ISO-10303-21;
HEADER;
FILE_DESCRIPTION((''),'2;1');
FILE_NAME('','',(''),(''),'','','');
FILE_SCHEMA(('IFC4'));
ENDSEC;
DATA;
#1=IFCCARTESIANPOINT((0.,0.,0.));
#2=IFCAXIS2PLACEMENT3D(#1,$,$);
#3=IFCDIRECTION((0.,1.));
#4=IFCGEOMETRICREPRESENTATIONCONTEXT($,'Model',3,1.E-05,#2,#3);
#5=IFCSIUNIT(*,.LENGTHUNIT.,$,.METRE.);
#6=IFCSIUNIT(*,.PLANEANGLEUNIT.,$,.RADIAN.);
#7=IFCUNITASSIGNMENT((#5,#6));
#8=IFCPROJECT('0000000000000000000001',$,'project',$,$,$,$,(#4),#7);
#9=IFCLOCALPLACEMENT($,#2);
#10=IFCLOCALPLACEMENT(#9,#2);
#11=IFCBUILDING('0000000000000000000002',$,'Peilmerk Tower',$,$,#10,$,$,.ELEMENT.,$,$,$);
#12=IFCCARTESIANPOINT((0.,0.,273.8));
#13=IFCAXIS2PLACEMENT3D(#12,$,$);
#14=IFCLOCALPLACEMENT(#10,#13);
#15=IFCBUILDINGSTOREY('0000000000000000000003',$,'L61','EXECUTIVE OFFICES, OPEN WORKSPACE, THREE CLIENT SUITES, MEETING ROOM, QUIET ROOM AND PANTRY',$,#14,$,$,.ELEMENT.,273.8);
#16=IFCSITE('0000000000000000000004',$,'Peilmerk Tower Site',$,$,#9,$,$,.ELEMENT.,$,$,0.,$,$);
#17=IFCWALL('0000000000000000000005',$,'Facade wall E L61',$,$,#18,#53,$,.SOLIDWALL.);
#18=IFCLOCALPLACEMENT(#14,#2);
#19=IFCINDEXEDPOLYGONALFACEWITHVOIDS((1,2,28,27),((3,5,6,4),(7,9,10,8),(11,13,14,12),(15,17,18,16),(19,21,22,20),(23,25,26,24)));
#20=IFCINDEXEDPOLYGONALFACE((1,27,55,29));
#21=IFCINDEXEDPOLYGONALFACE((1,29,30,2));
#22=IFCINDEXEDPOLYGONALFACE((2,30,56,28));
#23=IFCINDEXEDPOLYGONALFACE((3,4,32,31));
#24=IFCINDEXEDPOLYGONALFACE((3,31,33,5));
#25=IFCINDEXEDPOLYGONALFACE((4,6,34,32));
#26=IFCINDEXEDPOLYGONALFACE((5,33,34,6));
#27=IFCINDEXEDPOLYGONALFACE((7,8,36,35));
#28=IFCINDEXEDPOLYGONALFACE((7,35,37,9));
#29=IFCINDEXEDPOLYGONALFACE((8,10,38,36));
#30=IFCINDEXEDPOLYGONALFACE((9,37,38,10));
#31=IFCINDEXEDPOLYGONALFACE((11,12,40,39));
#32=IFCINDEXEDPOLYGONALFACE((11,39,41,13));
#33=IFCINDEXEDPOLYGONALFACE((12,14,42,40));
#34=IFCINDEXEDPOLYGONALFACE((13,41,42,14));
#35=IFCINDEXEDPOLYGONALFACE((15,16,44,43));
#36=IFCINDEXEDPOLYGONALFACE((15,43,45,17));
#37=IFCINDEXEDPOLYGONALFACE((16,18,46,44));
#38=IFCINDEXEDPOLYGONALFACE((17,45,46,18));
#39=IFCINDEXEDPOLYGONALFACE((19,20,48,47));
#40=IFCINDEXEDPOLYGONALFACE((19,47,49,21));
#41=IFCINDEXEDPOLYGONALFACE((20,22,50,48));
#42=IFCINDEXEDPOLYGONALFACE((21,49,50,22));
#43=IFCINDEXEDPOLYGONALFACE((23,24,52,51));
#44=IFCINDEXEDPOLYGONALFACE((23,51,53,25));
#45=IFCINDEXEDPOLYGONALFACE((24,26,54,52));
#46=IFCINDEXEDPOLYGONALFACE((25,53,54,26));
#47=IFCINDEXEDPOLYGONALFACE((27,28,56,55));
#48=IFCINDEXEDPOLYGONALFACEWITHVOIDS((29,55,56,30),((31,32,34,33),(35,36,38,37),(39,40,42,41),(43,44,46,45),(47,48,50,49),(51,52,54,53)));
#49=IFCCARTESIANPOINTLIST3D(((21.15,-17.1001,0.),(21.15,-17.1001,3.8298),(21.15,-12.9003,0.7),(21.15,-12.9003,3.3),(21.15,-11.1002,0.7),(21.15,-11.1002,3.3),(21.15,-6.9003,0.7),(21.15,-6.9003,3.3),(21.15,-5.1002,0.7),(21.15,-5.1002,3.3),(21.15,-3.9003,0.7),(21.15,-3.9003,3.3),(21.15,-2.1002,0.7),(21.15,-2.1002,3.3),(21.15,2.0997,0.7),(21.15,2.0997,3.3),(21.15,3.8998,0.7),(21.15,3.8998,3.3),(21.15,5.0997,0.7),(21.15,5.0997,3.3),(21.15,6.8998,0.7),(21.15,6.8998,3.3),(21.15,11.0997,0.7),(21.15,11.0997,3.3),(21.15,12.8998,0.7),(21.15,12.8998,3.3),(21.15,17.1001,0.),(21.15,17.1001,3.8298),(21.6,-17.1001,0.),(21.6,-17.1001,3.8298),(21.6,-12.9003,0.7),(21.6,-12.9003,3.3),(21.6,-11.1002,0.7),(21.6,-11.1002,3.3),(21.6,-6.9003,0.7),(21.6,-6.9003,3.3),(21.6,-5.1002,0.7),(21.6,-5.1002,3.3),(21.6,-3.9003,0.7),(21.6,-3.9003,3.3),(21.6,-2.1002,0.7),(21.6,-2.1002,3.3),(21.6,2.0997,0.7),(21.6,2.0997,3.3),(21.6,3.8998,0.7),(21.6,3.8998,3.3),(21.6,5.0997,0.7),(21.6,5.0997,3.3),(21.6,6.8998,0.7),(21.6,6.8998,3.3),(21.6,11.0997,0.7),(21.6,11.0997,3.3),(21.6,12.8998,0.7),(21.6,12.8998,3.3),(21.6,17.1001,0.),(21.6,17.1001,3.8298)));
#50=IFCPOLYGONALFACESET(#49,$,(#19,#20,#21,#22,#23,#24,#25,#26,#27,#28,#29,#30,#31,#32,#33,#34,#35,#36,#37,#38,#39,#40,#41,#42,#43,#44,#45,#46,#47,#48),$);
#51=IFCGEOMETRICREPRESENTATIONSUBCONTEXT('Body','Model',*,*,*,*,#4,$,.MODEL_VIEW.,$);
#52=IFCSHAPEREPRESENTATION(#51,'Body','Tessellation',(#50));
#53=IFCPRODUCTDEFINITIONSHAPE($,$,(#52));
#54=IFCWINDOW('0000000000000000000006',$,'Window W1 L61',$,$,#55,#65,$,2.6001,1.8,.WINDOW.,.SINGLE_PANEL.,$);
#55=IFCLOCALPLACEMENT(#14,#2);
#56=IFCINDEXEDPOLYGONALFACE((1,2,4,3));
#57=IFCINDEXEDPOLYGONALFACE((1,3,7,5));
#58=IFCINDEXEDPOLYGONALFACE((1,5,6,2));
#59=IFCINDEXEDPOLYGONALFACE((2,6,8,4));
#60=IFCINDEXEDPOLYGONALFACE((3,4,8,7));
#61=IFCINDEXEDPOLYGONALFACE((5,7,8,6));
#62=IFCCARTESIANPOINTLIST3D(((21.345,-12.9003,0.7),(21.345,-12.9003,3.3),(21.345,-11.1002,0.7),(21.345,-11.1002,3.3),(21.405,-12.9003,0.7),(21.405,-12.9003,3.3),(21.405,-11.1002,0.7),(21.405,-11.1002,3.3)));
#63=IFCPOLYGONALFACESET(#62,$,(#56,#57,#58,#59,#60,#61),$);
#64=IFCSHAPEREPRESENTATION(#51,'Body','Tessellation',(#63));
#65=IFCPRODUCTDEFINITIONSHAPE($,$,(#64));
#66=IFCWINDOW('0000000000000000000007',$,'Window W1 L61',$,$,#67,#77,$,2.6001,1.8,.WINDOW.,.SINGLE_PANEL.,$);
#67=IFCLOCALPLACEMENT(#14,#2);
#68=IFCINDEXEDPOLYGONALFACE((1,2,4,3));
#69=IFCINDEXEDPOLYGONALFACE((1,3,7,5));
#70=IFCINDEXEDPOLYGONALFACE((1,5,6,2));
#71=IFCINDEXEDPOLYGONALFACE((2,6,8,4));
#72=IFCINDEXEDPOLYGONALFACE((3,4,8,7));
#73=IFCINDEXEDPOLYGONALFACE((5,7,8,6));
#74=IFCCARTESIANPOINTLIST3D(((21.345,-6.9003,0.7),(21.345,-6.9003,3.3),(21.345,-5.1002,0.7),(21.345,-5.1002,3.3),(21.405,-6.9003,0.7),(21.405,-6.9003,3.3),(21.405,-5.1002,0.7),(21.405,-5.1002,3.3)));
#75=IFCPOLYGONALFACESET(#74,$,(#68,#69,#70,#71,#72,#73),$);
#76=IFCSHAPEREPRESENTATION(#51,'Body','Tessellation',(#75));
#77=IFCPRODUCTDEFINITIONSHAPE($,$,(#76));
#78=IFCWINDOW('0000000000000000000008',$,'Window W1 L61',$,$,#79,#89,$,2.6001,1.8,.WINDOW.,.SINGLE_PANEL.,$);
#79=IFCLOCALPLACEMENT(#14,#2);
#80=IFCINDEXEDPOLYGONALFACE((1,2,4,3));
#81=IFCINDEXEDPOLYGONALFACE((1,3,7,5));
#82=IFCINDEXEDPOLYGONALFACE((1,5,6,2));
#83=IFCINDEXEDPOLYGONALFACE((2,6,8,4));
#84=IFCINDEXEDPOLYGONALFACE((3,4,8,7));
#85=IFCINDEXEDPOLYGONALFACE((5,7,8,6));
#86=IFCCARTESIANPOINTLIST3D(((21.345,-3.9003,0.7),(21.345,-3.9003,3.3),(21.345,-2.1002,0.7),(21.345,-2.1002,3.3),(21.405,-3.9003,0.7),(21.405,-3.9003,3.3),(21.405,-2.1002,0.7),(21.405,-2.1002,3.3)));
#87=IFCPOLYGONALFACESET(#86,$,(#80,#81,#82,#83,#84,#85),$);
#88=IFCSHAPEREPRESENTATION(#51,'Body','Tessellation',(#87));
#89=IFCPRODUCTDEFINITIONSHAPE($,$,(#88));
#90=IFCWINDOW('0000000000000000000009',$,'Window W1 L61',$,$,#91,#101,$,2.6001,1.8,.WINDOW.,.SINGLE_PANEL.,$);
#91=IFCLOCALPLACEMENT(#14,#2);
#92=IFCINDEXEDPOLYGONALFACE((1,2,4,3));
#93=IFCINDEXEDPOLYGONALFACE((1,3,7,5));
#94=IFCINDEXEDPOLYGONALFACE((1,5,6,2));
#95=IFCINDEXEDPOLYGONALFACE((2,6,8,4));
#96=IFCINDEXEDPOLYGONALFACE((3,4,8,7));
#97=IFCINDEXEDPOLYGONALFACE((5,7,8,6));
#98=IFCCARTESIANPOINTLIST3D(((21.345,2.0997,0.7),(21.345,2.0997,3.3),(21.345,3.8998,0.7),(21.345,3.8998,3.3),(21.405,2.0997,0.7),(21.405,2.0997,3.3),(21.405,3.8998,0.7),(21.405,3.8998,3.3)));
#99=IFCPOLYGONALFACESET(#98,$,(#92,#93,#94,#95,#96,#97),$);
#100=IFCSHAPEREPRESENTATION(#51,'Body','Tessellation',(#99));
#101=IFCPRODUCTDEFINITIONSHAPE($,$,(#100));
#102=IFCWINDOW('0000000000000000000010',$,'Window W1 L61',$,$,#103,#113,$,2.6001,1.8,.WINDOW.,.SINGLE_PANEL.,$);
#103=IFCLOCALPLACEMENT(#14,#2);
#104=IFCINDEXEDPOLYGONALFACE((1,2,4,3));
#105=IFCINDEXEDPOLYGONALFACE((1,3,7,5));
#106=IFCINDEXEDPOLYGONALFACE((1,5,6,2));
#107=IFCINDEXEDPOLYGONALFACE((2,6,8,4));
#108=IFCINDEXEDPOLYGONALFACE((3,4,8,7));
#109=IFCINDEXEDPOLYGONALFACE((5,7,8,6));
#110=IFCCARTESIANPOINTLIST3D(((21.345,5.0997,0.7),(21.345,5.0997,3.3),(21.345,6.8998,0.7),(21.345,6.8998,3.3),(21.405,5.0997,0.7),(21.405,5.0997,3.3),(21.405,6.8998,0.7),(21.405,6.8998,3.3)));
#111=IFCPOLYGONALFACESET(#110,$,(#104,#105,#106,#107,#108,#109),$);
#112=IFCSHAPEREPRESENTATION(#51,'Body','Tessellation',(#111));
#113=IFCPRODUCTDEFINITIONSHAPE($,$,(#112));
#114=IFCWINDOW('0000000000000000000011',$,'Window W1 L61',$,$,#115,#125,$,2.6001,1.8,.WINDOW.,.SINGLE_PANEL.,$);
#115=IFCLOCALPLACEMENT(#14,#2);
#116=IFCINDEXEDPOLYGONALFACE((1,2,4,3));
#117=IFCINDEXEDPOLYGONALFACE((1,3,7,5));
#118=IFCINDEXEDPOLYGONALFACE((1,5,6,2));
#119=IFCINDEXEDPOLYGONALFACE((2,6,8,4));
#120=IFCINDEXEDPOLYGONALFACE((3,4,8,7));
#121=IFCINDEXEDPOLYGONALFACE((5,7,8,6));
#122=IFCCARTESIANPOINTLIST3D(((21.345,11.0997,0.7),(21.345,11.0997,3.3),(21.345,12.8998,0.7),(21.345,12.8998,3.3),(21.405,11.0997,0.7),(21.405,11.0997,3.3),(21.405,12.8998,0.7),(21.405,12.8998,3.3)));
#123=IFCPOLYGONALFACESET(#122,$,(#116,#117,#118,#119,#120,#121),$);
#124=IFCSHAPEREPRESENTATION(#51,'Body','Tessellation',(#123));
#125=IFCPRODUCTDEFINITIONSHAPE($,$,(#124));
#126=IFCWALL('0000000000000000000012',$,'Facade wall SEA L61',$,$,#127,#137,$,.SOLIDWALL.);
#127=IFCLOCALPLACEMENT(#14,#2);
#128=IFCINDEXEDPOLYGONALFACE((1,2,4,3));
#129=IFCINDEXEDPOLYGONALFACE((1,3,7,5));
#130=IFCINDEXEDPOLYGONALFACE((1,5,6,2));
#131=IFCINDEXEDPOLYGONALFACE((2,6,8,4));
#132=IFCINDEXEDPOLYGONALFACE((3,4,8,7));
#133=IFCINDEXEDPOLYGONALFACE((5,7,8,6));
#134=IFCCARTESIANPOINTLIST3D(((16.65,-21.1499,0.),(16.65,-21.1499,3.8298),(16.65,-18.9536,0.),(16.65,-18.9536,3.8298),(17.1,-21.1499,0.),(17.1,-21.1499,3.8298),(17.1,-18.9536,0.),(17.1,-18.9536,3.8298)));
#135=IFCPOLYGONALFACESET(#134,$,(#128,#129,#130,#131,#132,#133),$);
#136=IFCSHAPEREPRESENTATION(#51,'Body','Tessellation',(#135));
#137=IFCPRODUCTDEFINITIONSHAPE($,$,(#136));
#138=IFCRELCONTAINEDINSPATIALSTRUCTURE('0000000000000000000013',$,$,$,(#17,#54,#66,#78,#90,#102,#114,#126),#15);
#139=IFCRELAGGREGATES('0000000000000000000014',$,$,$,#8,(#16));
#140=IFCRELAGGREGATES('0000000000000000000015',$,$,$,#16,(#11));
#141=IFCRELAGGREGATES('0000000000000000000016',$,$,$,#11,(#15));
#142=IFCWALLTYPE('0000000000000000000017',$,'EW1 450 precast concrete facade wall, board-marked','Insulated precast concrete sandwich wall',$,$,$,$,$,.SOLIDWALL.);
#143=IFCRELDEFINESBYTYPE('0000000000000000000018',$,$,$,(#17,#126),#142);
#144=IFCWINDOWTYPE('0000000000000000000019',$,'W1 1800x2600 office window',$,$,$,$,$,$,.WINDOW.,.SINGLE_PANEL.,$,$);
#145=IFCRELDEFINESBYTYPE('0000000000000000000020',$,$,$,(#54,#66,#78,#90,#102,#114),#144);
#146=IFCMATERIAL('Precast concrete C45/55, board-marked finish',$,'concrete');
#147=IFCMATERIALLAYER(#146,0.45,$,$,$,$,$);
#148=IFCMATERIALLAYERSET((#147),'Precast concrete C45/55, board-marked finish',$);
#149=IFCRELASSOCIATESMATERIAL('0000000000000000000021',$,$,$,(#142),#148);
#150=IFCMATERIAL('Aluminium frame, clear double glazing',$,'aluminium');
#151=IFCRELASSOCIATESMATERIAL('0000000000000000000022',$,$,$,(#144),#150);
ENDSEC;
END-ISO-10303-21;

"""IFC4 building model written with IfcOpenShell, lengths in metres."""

from ifc_helpers import new_model, si_unit, direction, frame, frame_2d, origin, place, context, subcontext, project, spatial, rectangle, extrude, material, layer, layer_set, type_object, element, fill, save


model = new_model("IFC4")

# Units and contexts
model_context = context("Model", 3, precision=1e-05, world=origin(), true_north=direction((0.0, 1.0)))
body_context = subcontext(model_context, "Body", "Model", "MODEL_VIEW")
ifc_project = project(units=[si_unit("LENGTHUNIT", "METRE"), si_unit("PLANEANGLEUNIT", "RADIAN")], contexts=[model_context])

# Site, building, storey
site_placement = place(None, origin())
site = spatial("IfcSite", under=ifc_project, at=site_placement, Name="Peilmerk Tower Site", CompositionType="ELEMENT", RefElevation=0.0)
building_placement = place(site_placement, origin())
building = spatial("IfcBuilding", under=site, at=building_placement, Name="Peilmerk Tower", CompositionType="ELEMENT")
storey_placement = place(building_placement, frame((0.0, 0.0, 273.8)))
storey = spatial("IfcBuildingStorey", under=building, at=storey_placement, Name="L61", Description="EXECUTIVE OFFICES, OPEN WORKSPACE, THREE CLIENT SUITES, MEETING ROOM, QUIET ROOM AND PANTRY", CompositionType="ELEMENT", Elevation=273.8)

# Wall, openings, windows
ifc_material_1 = material(Name="Precast concrete C45/55, board-marked finish", Category="concrete")
ifc_layer_1 = layer(ifc_material_1, 0.45)
ifc_layer_set_1 = layer_set([ifc_layer_1], Name="Precast concrete C45/55, board-marked finish")
wall_type = type_object("IfcWallType", Name="EW1 450 precast concrete facade wall, board-marked", Description="Insulated precast concrete sandwich wall", PredefinedType="SOLIDWALL", material=ifc_layer_set_1)
wall_1_placement = place(storey_placement, frame((21.375, -17.1001, 0.0), z_axis=(0.0, 0.0, 1.0), x_axis=(0.0, 1.0, 0.0)))
wall_1 = element("IfcWall", 1, at=wall_1_placement, inside=storey, type_object=wall_type, Name="Facade wall E L61", PredefinedType="SOLIDWALL", context=body_context, shape_type="SweptSolid", body=[
    extrude(rectangle(XDim=34.2002, YDim=0.45, at=frame_2d((17.1001, 0.0))), origin(), (0.0, 0.0, 1.0), 3.8298),
])
opening_1_placement = place(wall_1_placement, frame((4.2, 0.0, 0.7)))
opening_1 = element("IfcOpeningElement", 2, at=opening_1_placement, cuts=wall_1, PredefinedType="OPENING", context=body_context, shape_type="SweptSolid", body=[
    extrude(rectangle(XDim=1.8, YDim=2.6001, at=frame_2d((0.8999, 1.3))), frame((0.0, 0.2349, 0.0), z_axis=(0.0, -1.0, 0.0), x_axis=(1.0, 0.0, 0.0)), (0.0, 0.0, 1.0), 0.47),
])
opening_2_placement = place(wall_1_placement, frame((10.2, 0.0, 0.7)))
opening_2 = element("IfcOpeningElement", 3, at=opening_2_placement, cuts=wall_1, PredefinedType="OPENING", context=body_context, shape_type="SweptSolid", body=[
    extrude(rectangle(XDim=1.8, YDim=2.6001, at=frame_2d((0.8999, 1.3))), frame((0.0, 0.2349, 0.0), z_axis=(0.0, -1.0, 0.0), x_axis=(1.0, 0.0, 0.0)), (0.0, 0.0, 1.0), 0.47),
])
opening_3_placement = place(wall_1_placement, frame((13.2, 0.0, 0.7)))
opening_3 = element("IfcOpeningElement", 4, at=opening_3_placement, cuts=wall_1, PredefinedType="OPENING", context=body_context, shape_type="SweptSolid", body=[
    extrude(rectangle(XDim=1.8, YDim=2.6001, at=frame_2d((0.8999, 1.3))), frame((0.0, 0.2349, 0.0), z_axis=(0.0, -1.0, 0.0), x_axis=(1.0, 0.0, 0.0)), (0.0, 0.0, 1.0), 0.47),
])
opening_4_placement = place(wall_1_placement, frame((19.2, 0.0, 0.7)))
opening_4 = element("IfcOpeningElement", 5, at=opening_4_placement, cuts=wall_1, PredefinedType="OPENING", context=body_context, shape_type="SweptSolid", body=[
    extrude(rectangle(XDim=1.8, YDim=2.6001, at=frame_2d((0.8999, 1.3))), frame((0.0, 0.2349, 0.0), z_axis=(0.0, -1.0, 0.0), x_axis=(1.0, 0.0, 0.0)), (0.0, 0.0, 1.0), 0.47),
])
opening_5_placement = place(wall_1_placement, frame((22.2, 0.0, 0.7)))
opening_5 = element("IfcOpeningElement", 6, at=opening_5_placement, cuts=wall_1, PredefinedType="OPENING", context=body_context, shape_type="SweptSolid", body=[
    extrude(rectangle(XDim=1.8, YDim=2.6001, at=frame_2d((0.8999, 1.3))), frame((0.0, 0.2349, 0.0), z_axis=(0.0, -1.0, 0.0), x_axis=(1.0, 0.0, 0.0)), (0.0, 0.0, 1.0), 0.47),
])
opening_6_placement = place(wall_1_placement, frame((28.2, 0.0, 0.7)))
opening_6 = element("IfcOpeningElement", 7, at=opening_6_placement, cuts=wall_1, PredefinedType="OPENING", context=body_context, shape_type="SweptSolid", body=[
    extrude(rectangle(XDim=1.8, YDim=2.6001, at=frame_2d((0.8999, 1.3))), frame((0.0, 0.2349, 0.0), z_axis=(0.0, -1.0, 0.0), x_axis=(1.0, 0.0, 0.0)), (0.0, 0.0, 1.0), 0.47),
])
ifc_material_2 = material(Name="Aluminium frame, clear double glazing", Category="aluminium")
window_type = type_object("IfcWindowType", Name="W1 1800x2600 office window", PartitioningType="SINGLE_PANEL", PredefinedType="WINDOW", material=ifc_material_2)
window_1_placement = place(opening_1_placement, origin())
window_1 = element("IfcWindow", 8, at=window_1_placement, inside=storey, type_object=window_type, Name="Window W1 L61", OverallHeight=2.6001, OverallWidth=1.8, PartitioningType="SINGLE_PANEL", PredefinedType="WINDOW", context=body_context, shape_type="SweptSolid", body=[
    extrude(rectangle(XDim=1.8, YDim=2.6001, at=frame_2d((0.8999, 1.3))), frame((0.0, 0.03, 0.0), z_axis=(0.0, -1.0, 0.0), x_axis=(1.0, 0.0, 0.0)), (0.0, 0.0, 1.0), 0.0601),
])
fill(opening_1, window_1)
window_2_placement = place(opening_2_placement, origin())
window_2 = element("IfcWindow", 9, at=window_2_placement, inside=storey, type_object=window_type, Name="Window W1 L61", OverallHeight=2.6001, OverallWidth=1.8, PartitioningType="SINGLE_PANEL", PredefinedType="WINDOW", context=body_context, shape_type="SweptSolid", body=[
    extrude(rectangle(XDim=1.8, YDim=2.6001, at=frame_2d((0.8999, 1.3))), frame((0.0, 0.03, 0.0), z_axis=(0.0, -1.0, 0.0), x_axis=(1.0, 0.0, 0.0)), (0.0, 0.0, 1.0), 0.0601),
])
fill(opening_2, window_2)
window_3_placement = place(opening_3_placement, origin())
window_3 = element("IfcWindow", 10, at=window_3_placement, inside=storey, type_object=window_type, Name="Window W1 L61", OverallHeight=2.6001, OverallWidth=1.8, PartitioningType="SINGLE_PANEL", PredefinedType="WINDOW", context=body_context, shape_type="SweptSolid", body=[
    extrude(rectangle(XDim=1.8, YDim=2.6001, at=frame_2d((0.8999, 1.3))), frame((0.0, 0.03, 0.0), z_axis=(0.0, -1.0, 0.0), x_axis=(1.0, 0.0, 0.0)), (0.0, 0.0, 1.0), 0.0601),
])
fill(opening_3, window_3)
window_4_placement = place(opening_4_placement, origin())
window_4 = element("IfcWindow", 11, at=window_4_placement, inside=storey, type_object=window_type, Name="Window W1 L61", OverallHeight=2.6001, OverallWidth=1.8, PartitioningType="SINGLE_PANEL", PredefinedType="WINDOW", context=body_context, shape_type="SweptSolid", body=[
    extrude(rectangle(XDim=1.8, YDim=2.6001, at=frame_2d((0.8999, 1.3))), frame((0.0, 0.03, 0.0), z_axis=(0.0, -1.0, 0.0), x_axis=(1.0, 0.0, 0.0)), (0.0, 0.0, 1.0), 0.0601),
])
fill(opening_4, window_4)
window_5_placement = place(opening_5_placement, origin())
window_5 = element("IfcWindow", 12, at=window_5_placement, inside=storey, type_object=window_type, Name="Window W1 L61", OverallHeight=2.6001, OverallWidth=1.8, PartitioningType="SINGLE_PANEL", PredefinedType="WINDOW", context=body_context, shape_type="SweptSolid", body=[
    extrude(rectangle(XDim=1.8, YDim=2.6001, at=frame_2d((0.8999, 1.3))), frame((0.0, 0.03, 0.0), z_axis=(0.0, -1.0, 0.0), x_axis=(1.0, 0.0, 0.0)), (0.0, 0.0, 1.0), 0.0601),
])
fill(opening_5, window_5)
window_6_placement = place(opening_6_placement, origin())
window_6 = element("IfcWindow", 13, at=window_6_placement, inside=storey, type_object=window_type, Name="Window W1 L61", OverallHeight=2.6001, OverallWidth=1.8, PartitioningType="SINGLE_PANEL", PredefinedType="WINDOW", context=body_context, shape_type="SweptSolid", body=[
    extrude(rectangle(XDim=1.8, YDim=2.6001, at=frame_2d((0.8999, 1.3))), frame((0.0, 0.03, 0.0), z_axis=(0.0, -1.0, 0.0), x_axis=(1.0, 0.0, 0.0)), (0.0, 0.0, 1.0), 0.0601),
])
fill(opening_6, window_6)

# Wall
wall_2_placement = place(storey_placement, frame((16.875, -18.9536, 0.0), z_axis=(0.0, 0.0, 1.0), x_axis=(0.0, -1.0, 0.0)))
element("IfcWall", 14, at=wall_2_placement, inside=storey, type_object=wall_type, Name="Facade wall SEA L61", PredefinedType="SOLIDWALL", context=body_context, shape_type="SweptSolid", body=[
    extrude(rectangle(XDim=2.1963, YDim=0.45, at=frame_2d((1.0981, 0.0))), origin(), (0.0, 0.0, 1.0), 3.8298),
])

save(model, "model.ifc")
